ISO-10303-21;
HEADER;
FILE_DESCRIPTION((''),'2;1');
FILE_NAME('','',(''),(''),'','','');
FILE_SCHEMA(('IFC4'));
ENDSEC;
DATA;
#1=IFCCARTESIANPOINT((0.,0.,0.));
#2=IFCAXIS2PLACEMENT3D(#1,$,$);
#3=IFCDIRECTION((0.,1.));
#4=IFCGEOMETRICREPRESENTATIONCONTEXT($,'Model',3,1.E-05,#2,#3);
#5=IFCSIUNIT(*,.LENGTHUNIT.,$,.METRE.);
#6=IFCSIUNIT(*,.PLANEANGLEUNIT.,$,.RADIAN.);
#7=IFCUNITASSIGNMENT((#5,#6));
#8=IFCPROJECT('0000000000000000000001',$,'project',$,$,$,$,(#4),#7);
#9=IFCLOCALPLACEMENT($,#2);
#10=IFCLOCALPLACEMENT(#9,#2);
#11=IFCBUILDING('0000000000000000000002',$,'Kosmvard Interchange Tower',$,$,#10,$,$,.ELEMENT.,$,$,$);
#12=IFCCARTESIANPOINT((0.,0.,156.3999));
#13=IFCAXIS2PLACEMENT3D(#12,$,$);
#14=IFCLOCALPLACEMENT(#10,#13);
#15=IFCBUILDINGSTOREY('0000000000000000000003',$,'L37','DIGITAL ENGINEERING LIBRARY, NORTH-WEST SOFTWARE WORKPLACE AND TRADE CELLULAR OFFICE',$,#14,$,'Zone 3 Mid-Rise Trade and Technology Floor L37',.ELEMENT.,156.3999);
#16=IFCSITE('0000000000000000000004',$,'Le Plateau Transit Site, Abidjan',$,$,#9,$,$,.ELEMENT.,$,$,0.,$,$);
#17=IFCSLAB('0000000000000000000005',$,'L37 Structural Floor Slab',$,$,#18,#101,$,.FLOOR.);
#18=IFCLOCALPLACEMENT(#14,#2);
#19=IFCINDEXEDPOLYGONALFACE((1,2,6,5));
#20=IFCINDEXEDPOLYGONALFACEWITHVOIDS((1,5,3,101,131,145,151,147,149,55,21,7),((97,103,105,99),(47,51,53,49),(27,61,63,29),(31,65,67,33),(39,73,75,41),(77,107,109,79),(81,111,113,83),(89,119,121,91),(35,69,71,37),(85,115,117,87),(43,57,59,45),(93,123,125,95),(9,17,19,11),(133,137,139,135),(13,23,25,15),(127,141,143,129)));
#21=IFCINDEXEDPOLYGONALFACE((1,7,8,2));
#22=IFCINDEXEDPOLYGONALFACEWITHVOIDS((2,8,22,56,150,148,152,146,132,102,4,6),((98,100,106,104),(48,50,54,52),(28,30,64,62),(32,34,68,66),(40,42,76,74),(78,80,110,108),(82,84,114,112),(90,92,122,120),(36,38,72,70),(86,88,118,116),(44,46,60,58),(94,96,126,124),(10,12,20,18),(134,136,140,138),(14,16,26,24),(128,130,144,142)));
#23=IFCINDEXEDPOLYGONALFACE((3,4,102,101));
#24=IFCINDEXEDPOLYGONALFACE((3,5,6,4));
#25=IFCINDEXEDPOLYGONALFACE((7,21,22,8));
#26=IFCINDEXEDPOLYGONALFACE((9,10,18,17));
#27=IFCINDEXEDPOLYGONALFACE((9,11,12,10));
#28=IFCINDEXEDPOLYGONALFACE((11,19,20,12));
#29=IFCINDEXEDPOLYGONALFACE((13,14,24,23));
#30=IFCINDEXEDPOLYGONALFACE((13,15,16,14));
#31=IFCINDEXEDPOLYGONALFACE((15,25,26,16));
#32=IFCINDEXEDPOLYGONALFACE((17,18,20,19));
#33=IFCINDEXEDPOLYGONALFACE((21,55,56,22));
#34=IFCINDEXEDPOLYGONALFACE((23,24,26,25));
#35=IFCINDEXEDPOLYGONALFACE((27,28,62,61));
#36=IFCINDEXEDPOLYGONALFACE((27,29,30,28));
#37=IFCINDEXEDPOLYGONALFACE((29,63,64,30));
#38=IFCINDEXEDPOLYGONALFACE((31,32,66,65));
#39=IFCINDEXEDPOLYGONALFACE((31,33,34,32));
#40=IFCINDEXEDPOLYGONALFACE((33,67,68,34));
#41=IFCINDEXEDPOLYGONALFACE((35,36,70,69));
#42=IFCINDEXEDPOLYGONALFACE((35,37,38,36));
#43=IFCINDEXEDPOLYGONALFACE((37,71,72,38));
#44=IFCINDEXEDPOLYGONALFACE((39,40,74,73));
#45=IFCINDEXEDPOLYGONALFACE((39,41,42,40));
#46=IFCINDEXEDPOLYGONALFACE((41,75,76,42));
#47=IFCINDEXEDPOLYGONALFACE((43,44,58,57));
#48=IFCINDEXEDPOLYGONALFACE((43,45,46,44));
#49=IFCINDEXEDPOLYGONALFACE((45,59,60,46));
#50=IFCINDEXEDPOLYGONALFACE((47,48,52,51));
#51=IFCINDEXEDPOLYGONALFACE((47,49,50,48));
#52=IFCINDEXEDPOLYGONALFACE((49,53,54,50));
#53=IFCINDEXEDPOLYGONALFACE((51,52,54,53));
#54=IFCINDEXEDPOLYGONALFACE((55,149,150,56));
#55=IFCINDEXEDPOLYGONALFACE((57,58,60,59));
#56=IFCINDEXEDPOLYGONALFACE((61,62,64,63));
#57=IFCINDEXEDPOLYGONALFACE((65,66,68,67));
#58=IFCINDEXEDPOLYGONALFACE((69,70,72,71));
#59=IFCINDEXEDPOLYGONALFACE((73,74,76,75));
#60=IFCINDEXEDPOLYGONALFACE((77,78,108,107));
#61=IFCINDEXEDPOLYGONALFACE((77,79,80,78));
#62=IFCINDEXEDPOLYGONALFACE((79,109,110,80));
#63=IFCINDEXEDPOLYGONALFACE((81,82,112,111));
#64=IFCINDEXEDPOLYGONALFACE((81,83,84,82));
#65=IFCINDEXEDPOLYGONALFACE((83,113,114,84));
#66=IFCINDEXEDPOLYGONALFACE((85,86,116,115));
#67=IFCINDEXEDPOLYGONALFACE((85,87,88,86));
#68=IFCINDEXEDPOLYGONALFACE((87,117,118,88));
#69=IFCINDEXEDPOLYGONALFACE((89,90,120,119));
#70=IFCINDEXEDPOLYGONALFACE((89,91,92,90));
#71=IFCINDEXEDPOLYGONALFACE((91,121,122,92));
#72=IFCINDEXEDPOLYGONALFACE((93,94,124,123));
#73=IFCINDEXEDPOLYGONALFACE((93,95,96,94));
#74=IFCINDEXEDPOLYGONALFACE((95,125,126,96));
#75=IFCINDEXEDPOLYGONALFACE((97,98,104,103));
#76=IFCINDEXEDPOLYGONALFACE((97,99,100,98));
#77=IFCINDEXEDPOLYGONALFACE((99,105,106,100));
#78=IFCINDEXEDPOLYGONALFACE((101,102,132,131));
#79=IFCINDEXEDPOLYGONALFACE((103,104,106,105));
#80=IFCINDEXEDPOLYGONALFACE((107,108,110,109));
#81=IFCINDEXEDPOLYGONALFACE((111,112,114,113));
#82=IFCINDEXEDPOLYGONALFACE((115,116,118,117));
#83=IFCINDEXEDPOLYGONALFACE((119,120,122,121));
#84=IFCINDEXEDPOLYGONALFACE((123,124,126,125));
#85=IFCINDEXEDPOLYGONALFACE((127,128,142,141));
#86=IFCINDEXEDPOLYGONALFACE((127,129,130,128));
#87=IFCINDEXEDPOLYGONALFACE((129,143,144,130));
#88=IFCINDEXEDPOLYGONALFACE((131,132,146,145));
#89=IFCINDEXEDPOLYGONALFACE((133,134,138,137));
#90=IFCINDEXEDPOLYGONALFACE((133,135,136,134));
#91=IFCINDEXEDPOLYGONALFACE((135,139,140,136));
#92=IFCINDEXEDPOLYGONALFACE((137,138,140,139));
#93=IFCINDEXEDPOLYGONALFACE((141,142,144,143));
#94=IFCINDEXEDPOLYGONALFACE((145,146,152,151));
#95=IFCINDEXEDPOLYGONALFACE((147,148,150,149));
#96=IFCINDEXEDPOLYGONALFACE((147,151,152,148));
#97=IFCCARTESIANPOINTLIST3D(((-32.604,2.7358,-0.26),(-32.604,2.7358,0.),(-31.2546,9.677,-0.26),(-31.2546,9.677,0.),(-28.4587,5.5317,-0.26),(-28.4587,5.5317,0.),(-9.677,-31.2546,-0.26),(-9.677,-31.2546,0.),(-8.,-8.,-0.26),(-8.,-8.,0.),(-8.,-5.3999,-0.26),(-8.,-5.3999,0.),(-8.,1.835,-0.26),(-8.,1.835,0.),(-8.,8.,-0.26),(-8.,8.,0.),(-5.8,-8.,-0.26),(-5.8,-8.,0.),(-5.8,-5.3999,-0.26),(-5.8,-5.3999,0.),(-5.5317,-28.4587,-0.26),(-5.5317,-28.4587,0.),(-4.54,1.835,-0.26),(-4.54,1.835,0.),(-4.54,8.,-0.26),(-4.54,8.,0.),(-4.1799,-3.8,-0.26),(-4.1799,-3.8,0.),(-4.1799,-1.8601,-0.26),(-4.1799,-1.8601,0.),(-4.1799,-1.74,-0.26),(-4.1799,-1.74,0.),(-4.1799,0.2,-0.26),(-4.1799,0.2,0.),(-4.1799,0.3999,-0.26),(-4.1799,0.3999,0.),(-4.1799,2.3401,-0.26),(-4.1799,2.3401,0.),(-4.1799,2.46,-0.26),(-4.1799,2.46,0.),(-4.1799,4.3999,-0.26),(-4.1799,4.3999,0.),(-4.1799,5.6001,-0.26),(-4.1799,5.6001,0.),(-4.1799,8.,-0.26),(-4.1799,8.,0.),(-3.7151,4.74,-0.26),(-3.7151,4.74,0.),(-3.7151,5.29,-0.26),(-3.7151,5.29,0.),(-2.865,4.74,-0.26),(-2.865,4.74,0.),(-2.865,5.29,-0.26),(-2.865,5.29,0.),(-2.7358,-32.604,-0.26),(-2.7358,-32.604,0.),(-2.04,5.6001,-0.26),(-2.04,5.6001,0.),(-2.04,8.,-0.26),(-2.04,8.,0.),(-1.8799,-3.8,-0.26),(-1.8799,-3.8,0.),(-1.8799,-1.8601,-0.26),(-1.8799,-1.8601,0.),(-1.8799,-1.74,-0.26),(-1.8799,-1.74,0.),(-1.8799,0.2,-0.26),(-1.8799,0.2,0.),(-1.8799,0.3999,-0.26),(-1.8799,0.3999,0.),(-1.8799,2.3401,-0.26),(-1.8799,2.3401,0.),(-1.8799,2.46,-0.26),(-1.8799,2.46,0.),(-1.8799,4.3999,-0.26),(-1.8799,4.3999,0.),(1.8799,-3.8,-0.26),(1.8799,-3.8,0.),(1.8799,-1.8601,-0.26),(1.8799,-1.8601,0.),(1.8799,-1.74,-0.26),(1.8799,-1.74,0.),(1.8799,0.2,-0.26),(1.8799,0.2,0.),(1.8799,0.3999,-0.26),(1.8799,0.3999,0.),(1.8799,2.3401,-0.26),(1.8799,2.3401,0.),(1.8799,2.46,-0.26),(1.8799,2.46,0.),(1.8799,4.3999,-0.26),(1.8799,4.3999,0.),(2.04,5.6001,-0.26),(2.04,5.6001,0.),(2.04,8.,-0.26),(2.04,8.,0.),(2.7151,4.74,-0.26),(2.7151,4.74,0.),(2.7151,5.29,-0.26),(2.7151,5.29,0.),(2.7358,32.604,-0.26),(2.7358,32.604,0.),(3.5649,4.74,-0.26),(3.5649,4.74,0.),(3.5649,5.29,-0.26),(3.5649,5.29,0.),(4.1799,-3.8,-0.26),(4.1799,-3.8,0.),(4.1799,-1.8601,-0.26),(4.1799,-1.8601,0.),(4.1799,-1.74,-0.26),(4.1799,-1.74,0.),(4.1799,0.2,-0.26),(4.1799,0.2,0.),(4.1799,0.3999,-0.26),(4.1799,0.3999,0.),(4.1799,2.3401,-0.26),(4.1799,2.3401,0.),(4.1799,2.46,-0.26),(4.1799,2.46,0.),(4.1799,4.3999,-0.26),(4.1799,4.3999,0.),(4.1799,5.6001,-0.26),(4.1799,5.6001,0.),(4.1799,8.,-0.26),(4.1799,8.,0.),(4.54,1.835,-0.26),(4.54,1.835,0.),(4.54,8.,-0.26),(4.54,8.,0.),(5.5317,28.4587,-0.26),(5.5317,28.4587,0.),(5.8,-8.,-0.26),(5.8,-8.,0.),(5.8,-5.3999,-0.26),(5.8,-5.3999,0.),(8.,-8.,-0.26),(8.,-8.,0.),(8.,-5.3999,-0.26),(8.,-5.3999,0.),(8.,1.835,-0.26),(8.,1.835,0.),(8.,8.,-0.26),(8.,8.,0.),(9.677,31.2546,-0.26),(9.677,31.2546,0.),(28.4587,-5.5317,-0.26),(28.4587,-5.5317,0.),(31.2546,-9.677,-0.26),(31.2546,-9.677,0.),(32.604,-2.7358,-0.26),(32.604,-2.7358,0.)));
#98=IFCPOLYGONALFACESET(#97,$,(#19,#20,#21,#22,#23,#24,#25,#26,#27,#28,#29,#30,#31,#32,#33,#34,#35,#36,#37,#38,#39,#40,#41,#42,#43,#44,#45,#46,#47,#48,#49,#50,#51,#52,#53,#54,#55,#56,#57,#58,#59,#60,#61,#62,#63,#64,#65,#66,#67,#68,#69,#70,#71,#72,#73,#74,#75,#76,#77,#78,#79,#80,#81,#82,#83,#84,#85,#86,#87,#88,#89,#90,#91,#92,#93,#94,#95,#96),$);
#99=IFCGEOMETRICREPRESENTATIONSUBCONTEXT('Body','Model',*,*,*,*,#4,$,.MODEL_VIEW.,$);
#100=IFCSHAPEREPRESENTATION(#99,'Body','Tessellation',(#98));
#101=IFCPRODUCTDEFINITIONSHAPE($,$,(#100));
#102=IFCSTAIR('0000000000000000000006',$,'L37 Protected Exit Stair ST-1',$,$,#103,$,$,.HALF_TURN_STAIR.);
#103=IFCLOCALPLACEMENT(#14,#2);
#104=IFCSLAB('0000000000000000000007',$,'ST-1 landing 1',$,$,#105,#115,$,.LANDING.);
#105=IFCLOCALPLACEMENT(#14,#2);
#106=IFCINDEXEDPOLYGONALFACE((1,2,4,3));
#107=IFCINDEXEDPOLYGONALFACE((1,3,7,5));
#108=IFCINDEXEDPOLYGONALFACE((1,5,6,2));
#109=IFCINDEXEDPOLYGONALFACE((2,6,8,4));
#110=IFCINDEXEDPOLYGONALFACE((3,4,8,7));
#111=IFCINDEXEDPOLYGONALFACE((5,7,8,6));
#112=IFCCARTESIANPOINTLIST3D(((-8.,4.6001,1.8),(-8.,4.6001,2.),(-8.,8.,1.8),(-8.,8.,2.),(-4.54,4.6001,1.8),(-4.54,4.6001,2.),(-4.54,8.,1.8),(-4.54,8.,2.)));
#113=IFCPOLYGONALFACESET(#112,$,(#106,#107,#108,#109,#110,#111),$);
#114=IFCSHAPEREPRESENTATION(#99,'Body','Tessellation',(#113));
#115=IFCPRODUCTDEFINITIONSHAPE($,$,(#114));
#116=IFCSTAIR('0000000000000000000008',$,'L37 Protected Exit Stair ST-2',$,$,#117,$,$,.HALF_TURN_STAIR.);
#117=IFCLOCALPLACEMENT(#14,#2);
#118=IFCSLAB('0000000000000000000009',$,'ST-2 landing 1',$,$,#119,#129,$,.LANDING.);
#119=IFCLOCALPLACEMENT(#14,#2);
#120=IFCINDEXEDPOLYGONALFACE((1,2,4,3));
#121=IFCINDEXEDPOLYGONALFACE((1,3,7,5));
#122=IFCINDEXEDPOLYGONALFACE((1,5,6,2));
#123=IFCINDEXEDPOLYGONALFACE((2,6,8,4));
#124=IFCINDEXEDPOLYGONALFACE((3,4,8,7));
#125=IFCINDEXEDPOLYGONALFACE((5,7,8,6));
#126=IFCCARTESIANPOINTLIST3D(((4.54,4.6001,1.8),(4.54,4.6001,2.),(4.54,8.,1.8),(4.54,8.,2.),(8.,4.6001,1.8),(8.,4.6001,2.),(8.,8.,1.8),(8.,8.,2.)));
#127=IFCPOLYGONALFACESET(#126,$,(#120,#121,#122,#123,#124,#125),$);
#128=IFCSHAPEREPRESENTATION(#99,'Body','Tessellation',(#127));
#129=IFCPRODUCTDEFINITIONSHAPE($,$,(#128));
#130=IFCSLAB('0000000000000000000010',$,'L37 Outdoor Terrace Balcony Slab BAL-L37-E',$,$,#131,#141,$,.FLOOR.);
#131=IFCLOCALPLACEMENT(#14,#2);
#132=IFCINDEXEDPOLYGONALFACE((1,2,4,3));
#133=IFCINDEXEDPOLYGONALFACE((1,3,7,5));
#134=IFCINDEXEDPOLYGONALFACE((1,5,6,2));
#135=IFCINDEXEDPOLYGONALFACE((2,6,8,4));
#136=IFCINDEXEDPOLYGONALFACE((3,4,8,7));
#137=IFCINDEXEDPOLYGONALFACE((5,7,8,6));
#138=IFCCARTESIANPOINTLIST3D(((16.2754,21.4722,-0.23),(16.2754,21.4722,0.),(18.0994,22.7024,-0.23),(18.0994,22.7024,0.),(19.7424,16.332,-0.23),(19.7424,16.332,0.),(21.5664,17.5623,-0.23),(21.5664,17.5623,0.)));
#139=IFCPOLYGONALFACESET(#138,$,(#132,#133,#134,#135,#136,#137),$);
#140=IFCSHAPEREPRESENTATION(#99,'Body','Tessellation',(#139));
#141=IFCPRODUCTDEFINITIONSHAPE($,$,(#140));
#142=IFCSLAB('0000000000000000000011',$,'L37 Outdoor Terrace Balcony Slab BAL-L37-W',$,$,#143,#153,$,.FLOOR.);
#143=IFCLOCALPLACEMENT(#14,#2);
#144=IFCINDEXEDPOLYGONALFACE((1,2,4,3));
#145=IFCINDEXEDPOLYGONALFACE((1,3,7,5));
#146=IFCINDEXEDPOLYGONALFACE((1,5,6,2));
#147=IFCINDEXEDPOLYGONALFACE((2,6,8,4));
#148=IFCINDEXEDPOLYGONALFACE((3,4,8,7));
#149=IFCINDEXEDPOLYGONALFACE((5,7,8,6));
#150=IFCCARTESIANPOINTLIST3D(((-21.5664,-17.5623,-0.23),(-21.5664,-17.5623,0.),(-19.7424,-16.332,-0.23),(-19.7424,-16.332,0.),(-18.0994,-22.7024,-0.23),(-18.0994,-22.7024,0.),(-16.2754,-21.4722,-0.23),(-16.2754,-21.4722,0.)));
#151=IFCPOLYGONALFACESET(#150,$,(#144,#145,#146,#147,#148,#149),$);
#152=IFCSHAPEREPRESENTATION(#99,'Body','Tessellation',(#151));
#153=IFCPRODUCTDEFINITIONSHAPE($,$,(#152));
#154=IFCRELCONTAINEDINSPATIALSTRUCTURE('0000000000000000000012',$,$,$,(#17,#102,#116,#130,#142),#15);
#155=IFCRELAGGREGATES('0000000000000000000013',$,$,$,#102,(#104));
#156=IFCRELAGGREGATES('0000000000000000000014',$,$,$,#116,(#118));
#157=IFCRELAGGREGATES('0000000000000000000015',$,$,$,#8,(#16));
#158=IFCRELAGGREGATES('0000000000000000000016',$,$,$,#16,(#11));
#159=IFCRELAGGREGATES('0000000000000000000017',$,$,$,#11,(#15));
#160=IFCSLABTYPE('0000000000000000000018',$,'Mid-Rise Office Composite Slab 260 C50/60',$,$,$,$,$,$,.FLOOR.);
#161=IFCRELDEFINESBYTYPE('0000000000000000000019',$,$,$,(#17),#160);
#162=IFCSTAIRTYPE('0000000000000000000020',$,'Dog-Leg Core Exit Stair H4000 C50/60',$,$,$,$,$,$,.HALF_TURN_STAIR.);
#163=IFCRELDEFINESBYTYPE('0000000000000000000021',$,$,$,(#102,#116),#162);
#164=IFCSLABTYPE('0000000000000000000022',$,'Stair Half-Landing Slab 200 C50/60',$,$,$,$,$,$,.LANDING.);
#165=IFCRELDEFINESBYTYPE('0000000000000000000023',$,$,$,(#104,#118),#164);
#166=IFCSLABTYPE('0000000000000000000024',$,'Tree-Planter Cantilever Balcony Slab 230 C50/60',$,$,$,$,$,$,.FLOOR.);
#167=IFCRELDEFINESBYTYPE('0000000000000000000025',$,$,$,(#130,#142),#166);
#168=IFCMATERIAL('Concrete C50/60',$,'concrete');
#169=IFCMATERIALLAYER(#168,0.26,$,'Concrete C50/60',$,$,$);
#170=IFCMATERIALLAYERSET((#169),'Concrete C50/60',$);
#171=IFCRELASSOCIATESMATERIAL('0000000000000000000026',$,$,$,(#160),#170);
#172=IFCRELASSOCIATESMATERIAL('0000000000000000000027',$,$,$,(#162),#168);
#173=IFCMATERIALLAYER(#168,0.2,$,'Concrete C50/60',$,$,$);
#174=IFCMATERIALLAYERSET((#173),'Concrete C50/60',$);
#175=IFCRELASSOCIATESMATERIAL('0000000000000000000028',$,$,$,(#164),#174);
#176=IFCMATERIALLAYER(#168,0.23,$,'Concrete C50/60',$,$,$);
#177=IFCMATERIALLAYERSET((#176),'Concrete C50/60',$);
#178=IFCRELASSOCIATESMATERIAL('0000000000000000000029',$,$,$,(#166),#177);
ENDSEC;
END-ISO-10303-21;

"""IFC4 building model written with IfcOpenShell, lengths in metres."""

from ifc_helpers import new_model, si_unit, direction, frame, origin, place, context, subcontext, project, spatial, polyline, outline, extrude, material, layer, layer_set, type_object, element, aggregate, save


model = new_model("IFC4")

# Units and contexts
model_context = context("Model", 3, precision=1e-05, world=origin(), true_north=direction((0.0, 1.0)))
body_context = subcontext(model_context, "Body", "Model", "MODEL_VIEW")
ifc_project = project(units=[si_unit("LENGTHUNIT", "METRE"), si_unit("PLANEANGLEUNIT", "RADIAN")], contexts=[model_context])

# Site, building, storey
site_placement = place(None, origin())
site = spatial("IfcSite", under=ifc_project, at=site_placement, Name="Le Plateau Transit Site, Abidjan", CompositionType="ELEMENT", RefElevation=0.0)
building_placement = place(site_placement, origin())
building = spatial("IfcBuilding", under=site, at=building_placement, Name="Kosmvard Interchange Tower", CompositionType="ELEMENT")
storey_placement = place(building_placement, frame((0.0, 0.0, 156.3999)))
storey = spatial("IfcBuildingStorey", under=building, at=storey_placement, Name="L37", Description="DIGITAL ENGINEERING LIBRARY, NORTH-WEST SOFTWARE WORKPLACE AND TRADE CELLULAR OFFICE", LongName="Zone 3 Mid-Rise Trade and Technology Floor L37", CompositionType="ELEMENT", Elevation=156.3999)

# Slab
ifc_material_1 = material(Name="Concrete C50/60", Category="concrete")
ifc_layer_1 = layer(ifc_material_1, 0.26, Name="Concrete C50/60")
ifc_layer_set_1 = layer_set([ifc_layer_1], Name="Concrete C50/60")
slab_type_1 = type_object("IfcSlabType", Name="Mid-Rise Office Composite Slab 260 C50/60", PredefinedType="FLOOR", material=ifc_layer_set_1)
slab_1_placement = place(storey_placement, frame((0.0, 0.0, -0.26)))
element("IfcSlab", 1, at=slab_1_placement, inside=storey, type_object=slab_type_1, Name="L37 Structural Floor Slab", PredefinedType="FLOOR", context=body_context, shape_type="SweptSolid", body=[
    extrude(outline(polyline([(-2.7358, -32.604), (31.2546, -9.677), (28.4587, -5.5317), (32.604, -2.7358), (9.677, 31.2546), (5.5317, 28.4587), (2.7358, 32.604), (-31.2546, 9.677), (-28.4587, 5.5317), (-32.604, 2.7358), (-9.677, -31.2546), (-5.5317, -28.4587), (-2.7358, -32.604)]), holes=[polyline([(-8.0, 1.835), (-4.54, 1.835), (-4.54, 8.0), (-8.0, 8.0), (-8.0, 1.835)]), polyline([(4.54, 1.835), (8.0, 1.835), (8.0, 8.0), (4.54, 8.0), (4.54, 1.835)]), polyline([(-8.0, -8.0), (-5.8, -8.0), (-5.8, -5.3999), (-8.0, -5.3999), (-8.0, -8.0)]), polyline([(5.8, -8.0), (8.0, -8.0), (8.0, -5.3999), (5.8, -5.3999), (5.8, -8.0)]), polyline([(-4.1799, -3.8), (-1.8799, -3.8), (-1.8799, -1.8601), (-4.1799, -1.8601), (-4.1799, -3.8)]), polyline([(-4.1799, -1.74), (-1.8799, -1.74), (-1.8799, 0.2), (-4.1799, 0.2), (-4.1799, -1.74)]), polyline([(1.8799, -3.8), (4.1799, -3.8), (4.1799, -1.8601), (1.8799, -1.8601), (1.8799, -3.8)]), polyline([(1.8799, -1.74), (4.1799, -1.74), (4.1799, 0.2), (1.8799, 0.2), (1.8799, -1.74)]), polyline([(-4.1799, 0.3999), (-1.8799, 0.3999), (-1.8799, 2.3401), (-4.1799, 2.3401), (-4.1799, 0.3999)]), polyline([(-4.1799, 2.46), (-1.8799, 2.46), (-1.8799, 4.3999), (-4.1799, 4.3999), (-4.1799, 2.46)]), polyline([(1.8799, 0.3999), (4.1799, 0.3999), (4.1799, 2.3401), (1.8799, 2.3401), (1.8799, 0.3999)]), polyline([(1.8799, 2.46), (4.1799, 2.46), (4.1799, 4.3999), (1.8799, 4.3999), (1.8799, 2.46)]), polyline([(-4.1799, 5.6001), (-2.04, 5.6001), (-2.04, 8.0), (-4.1799, 8.0), (-4.1799, 5.6001)]), polyline([(2.04, 5.6001), (4.1799, 5.6001), (4.1799, 8.0), (2.04, 8.0), (2.04, 5.6001)]), polyline([(-3.7151, 4.74), (-2.865, 4.74), (-2.865, 5.29), (-3.7151, 5.29), (-3.7151, 4.74)]), polyline([(2.7151, 4.74), (3.5649, 4.74), (3.5649, 5.29), (2.7151, 5.29), (2.7151, 4.74)])]), origin(), (0.0, 0.0, 1.0), 0.26),
])

# Stairs, slabs
stair_type = type_object("IfcStairType", Name="Dog-Leg Core Exit Stair H4000 C50/60", PredefinedType="HALF_TURN_STAIR", material=ifc_material_1)
stair_1_placement = place(storey_placement, origin())
stair_1 = element("IfcStair", 2, at=stair_1_placement, inside=storey, type_object=stair_type, Name="L37 Protected Exit Stair ST-1", PredefinedType="HALF_TURN_STAIR")
ifc_layer_2 = layer(ifc_material_1, 0.2, Name="Concrete C50/60")
ifc_layer_set_2 = layer_set([ifc_layer_2], Name="Concrete C50/60")
slab_type_2 = type_object("IfcSlabType", Name="Stair Half-Landing Slab 200 C50/60", PredefinedType="LANDING", material=ifc_layer_set_2)
slab_2_placement = place(storey_placement, frame((0.0, 0.0, 1.8)))
slab_2 = element("IfcSlab", 3, at=slab_2_placement, type_object=slab_type_2, Name="ST-1 landing 1", PredefinedType="LANDING", context=body_context, shape_type="SweptSolid", body=[
    extrude(outline(polyline([(-4.54, 4.6001), (-4.54, 8.0), (-8.0, 8.0), (-8.0, 4.6001), (-4.54, 4.6001)])), origin(), (0.0, 0.0, 1.0), 0.2),
])
aggregate(stair_1, [slab_2])
stair_2_placement = place(storey_placement, origin())
stair_2 = element("IfcStair", 4, at=stair_2_placement, inside=storey, type_object=stair_type, Name="L37 Protected Exit Stair ST-2", PredefinedType="HALF_TURN_STAIR")
slab_3_placement = place(storey_placement, frame((0.0, 0.0, 1.8)))
slab_3 = element("IfcSlab", 5, at=slab_3_placement, type_object=slab_type_2, Name="ST-2 landing 1", PredefinedType="LANDING", context=body_context, shape_type="SweptSolid", body=[
    extrude(outline(polyline([(8.0, 4.6001), (8.0, 8.0), (4.54, 8.0), (4.54, 4.6001), (8.0, 4.6001)])), origin(), (0.0, 0.0, 1.0), 0.2),
])
aggregate(stair_2, [slab_3])

# Slabs
ifc_layer_3 = layer(ifc_material_1, 0.23, Name="Concrete C50/60")
ifc_layer_set_3 = layer_set([ifc_layer_3], Name="Concrete C50/60")
slab_type_3 = type_object("IfcSlabType", Name="Tree-Planter Cantilever Balcony Slab 230 C50/60", PredefinedType="FLOOR", material=ifc_layer_set_3)
slab_4_placement = place(storey_placement, frame((0.0, 0.0, -0.23)))
element("IfcSlab", 6, at=slab_4_placement, inside=storey, type_object=slab_type_3, Name="L37 Outdoor Terrace Balcony Slab BAL-L37-E", PredefinedType="FLOOR", context=body_context, shape_type="SweptSolid", body=[
    extrude(outline(polyline([(19.7424, 16.332), (21.5664, 17.5623), (18.0994, 22.7024), (16.2754, 21.4722), (19.7424, 16.332)])), origin(), (0.0, 0.0, 1.0), 0.23),
])
slab_5_placement = place(storey_placement, frame((0.0, 0.0, -0.23)))
element("IfcSlab", 7, at=slab_5_placement, inside=storey, type_object=slab_type_3, Name="L37 Outdoor Terrace Balcony Slab BAL-L37-W", PredefinedType="FLOOR", context=body_context, shape_type="SweptSolid", body=[
    extrude(outline(polyline([(-18.0994, -22.7024), (-16.2754, -21.4722), (-19.7424, -16.332), (-21.5664, -17.5623), (-18.0994, -22.7024)])), origin(), (0.0, 0.0, 1.0), 0.23),
])

save(model, "model.ifc")
